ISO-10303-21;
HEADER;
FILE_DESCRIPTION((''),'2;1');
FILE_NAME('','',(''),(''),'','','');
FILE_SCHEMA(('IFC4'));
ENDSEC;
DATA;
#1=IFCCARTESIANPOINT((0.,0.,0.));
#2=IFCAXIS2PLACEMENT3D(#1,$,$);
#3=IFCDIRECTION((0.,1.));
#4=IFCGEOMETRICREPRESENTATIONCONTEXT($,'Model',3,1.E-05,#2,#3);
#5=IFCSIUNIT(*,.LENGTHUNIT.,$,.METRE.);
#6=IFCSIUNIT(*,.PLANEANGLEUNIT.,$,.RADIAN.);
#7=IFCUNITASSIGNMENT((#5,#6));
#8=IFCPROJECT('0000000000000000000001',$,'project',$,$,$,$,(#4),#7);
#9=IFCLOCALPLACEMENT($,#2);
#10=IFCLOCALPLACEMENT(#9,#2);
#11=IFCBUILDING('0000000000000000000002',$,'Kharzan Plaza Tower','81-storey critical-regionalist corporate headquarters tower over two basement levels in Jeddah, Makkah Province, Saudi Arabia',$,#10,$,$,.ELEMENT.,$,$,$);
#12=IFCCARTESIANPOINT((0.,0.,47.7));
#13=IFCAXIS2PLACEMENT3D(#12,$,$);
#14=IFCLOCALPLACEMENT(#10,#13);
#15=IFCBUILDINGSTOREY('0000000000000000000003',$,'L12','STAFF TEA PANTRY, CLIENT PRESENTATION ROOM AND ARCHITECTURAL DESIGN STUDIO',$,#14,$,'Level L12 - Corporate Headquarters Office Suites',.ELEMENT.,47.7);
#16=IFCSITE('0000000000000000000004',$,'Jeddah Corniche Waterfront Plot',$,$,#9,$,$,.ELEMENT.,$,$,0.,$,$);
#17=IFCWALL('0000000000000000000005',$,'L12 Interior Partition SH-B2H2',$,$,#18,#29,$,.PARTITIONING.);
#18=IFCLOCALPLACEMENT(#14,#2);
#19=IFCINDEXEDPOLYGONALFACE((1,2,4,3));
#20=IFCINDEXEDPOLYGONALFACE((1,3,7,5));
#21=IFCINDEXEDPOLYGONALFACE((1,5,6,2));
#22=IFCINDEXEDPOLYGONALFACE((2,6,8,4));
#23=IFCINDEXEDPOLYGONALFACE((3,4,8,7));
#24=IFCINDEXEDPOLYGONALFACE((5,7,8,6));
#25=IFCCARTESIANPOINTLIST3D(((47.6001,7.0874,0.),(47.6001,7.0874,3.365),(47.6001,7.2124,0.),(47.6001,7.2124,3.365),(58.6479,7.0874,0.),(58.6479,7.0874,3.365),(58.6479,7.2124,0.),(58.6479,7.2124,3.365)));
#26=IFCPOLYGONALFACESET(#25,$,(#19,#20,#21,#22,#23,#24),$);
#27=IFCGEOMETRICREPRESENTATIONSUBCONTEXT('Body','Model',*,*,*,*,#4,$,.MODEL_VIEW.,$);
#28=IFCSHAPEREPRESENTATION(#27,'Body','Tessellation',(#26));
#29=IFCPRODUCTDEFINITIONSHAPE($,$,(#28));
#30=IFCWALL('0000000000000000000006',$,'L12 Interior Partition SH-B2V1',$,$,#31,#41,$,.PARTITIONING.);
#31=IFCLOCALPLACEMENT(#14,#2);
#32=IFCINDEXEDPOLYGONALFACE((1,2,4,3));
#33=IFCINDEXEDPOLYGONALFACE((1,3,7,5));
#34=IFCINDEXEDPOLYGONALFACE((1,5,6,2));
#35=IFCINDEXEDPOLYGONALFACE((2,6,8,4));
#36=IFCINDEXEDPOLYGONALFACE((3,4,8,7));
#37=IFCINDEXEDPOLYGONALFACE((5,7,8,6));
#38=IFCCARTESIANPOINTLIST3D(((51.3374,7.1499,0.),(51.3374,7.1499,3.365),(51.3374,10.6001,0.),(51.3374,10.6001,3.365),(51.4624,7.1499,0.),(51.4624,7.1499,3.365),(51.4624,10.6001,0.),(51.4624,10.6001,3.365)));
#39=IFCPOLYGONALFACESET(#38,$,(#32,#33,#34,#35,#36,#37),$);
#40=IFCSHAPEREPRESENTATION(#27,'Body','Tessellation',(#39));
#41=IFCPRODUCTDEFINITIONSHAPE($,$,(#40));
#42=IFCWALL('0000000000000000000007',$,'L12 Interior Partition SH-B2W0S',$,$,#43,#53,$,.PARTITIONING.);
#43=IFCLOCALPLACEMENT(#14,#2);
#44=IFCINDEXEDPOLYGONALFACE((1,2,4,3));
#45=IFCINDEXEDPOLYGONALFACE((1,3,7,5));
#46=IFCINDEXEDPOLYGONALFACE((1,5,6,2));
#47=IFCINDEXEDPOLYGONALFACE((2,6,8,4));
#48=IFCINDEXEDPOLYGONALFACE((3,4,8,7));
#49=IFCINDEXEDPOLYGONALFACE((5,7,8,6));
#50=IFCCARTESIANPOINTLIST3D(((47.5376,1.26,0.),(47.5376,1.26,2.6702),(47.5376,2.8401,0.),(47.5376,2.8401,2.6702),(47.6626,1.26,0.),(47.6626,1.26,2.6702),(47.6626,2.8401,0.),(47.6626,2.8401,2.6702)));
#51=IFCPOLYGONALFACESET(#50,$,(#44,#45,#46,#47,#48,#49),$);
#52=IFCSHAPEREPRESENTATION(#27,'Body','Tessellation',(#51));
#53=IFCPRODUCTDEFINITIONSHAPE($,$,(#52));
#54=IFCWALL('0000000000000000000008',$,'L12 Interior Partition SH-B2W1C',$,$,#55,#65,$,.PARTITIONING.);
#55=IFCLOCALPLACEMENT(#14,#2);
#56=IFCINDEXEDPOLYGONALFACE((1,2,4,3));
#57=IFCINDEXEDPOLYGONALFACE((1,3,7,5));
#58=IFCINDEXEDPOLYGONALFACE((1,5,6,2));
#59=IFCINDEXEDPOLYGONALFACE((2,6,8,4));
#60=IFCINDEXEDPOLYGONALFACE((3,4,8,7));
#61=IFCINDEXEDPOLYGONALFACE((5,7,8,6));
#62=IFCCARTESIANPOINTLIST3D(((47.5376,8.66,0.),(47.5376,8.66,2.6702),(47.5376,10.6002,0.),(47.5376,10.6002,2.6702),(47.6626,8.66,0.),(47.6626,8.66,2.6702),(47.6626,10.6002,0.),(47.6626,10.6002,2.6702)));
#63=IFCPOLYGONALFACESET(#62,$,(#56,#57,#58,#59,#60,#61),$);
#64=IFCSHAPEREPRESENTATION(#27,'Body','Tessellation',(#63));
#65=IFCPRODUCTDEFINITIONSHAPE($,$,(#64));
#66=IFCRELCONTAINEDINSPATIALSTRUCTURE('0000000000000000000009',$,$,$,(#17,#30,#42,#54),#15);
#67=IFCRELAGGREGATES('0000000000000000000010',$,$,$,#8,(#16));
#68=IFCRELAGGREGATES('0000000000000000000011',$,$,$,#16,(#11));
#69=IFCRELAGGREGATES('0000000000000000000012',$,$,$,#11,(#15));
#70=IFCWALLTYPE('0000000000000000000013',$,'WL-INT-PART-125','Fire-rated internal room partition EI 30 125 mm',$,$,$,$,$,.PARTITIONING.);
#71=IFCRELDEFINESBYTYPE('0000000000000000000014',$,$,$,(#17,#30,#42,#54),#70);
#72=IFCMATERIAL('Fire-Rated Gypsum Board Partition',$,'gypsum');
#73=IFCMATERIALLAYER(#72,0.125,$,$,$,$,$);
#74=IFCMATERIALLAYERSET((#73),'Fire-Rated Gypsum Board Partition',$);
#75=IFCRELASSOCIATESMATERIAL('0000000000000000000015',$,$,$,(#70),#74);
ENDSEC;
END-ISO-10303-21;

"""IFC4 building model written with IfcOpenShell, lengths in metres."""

from ifc_helpers import new_model, si_unit, direction, frame, frame_2d, origin, place, context, subcontext, project, spatial, rectangle, extrude, source, transform, mapped, material, layer, layer_set, type_object, element, save


model = new_model("IFC4")

# Units and contexts
model_context = context("Model", 3, precision=1e-05, world=origin(), true_north=direction((0.0, 1.0)))
body_context = subcontext(model_context, "Body", "Model", "MODEL_VIEW")
ifc_project = project(units=[si_unit("LENGTHUNIT", "METRE"), si_unit("PLANEANGLEUNIT", "RADIAN")], contexts=[model_context])

# Site, building, storey
site_placement = place(None, origin())
site = spatial("IfcSite", under=ifc_project, at=site_placement, Name="Jeddah Corniche Waterfront Plot", CompositionType="ELEMENT", RefElevation=0.0)
building_placement = place(site_placement, origin())
building = spatial("IfcBuilding", under=site, at=building_placement, Name="Kharzan Plaza Tower", Description="81-storey critical-regionalist corporate headquarters tower over two basement levels in Jeddah, Makkah Province, Saudi Arabia", CompositionType="ELEMENT")
storey_placement = place(building_placement, frame((0.0, 0.0, 47.7)))
storey = spatial("IfcBuildingStorey", under=building, at=storey_placement, Name="L12", Description="STAFF TEA PANTRY, CLIENT PRESENTATION ROOM AND ARCHITECTURAL DESIGN STUDIO", LongName="Level L12 - Corporate Headquarters Office Suites", CompositionType="ELEMENT", Elevation=47.7)

# Shared definitions
ifc_material_1 = material(Name="Fire-Rated Gypsum Board Partition", Category="gypsum")
ifc_layer_1 = layer(ifc_material_1, 0.125)
ifc_layer_set_1 = layer_set([ifc_layer_1], Name="Fire-Rated Gypsum Board Partition")
wall_type_1 = type_object("IfcWallType", Name="WL-INT-PART-125", Description="Fire-rated internal room partition EI 30 125 mm", PredefinedType="PARTITIONING", material=ifc_layer_set_1)

# Walls
shared_shape_1 = source(origin(), body_context, "Body", "SweptSolid", [
    extrude(rectangle(XDim=11.0479, YDim=0.125, at=frame_2d((5.5239, 0.0))), origin(), (0.0, 0.0, 1.0), 3.365),
])
for number, where, z_axis, x_axis, name in (
    (1, (47.6001, 7.1499, 0.0), (0.0, 0.0, 1.0), (1.0, 0.0, 0.0), "L12 Interior Partition SH-B2H2"),
):
    element("IfcWall", number, at=place(storey_placement, frame(where, z_axis=z_axis, x_axis=x_axis)), inside=storey, type_object=wall_type_1, Name=name, PredefinedType="PARTITIONING", context=body_context, shape_type="MappedRepresentation", body=[
        mapped(shared_shape_1, transform((0.0, 0.0, 0.0), x_axis=(1.0, 0.0, 0.0), y_axis=(0.0, 1.0, 0.0), z_axis=(0.0, 0.0, 1.0))),
    ])
shared_shape_2 = source(origin(), body_context, "Body", "SweptSolid", [
    extrude(rectangle(XDim=3.4502, YDim=0.125, at=frame_2d((1.7251, 0.0))), origin(), (0.0, 0.0, 1.0), 3.365),
])
wall_1_placement = place(storey_placement, frame((51.3999, 7.1499, 0.0), z_axis=(0.0, 0.0, 1.0), x_axis=(0.0, 1.0, 0.0)))
element("IfcWall", 2, at=wall_1_placement, inside=storey, type_object=wall_type_1, Name="L12 Interior Partition SH-B2V1", PredefinedType="PARTITIONING", context=body_context, shape_type="MappedRepresentation", body=[
    mapped(shared_shape_2, transform((0.0, 0.0, 0.0), x_axis=(1.0, 0.0, 0.0), y_axis=(0.0, 1.0, 0.0), z_axis=(0.0, 0.0, 1.0))),
])
shared_shape_3 = source(origin(), body_context, "Body", "SweptSolid", [
    extrude(rectangle(XDim=1.5801, YDim=0.125, at=frame_2d((0.79, 0.0))), origin(), (0.0, 0.0, 1.0), 2.6702),
])
wall_2_placement = place(storey_placement, frame((47.6001, 1.26, 0.0), z_axis=(0.0, 0.0, 1.0), x_axis=(0.0, 1.0, 0.0)))
element("IfcWall", 3, at=wall_2_placement, inside=storey, type_object=wall_type_1, Name="L12 Interior Partition SH-B2W0S", PredefinedType="PARTITIONING", context=body_context, shape_type="MappedRepresentation", body=[
    mapped(shared_shape_3, transform((0.0, 0.0, 0.0), x_axis=(1.0, 0.0, 0.0), y_axis=(0.0, 1.0, 0.0), z_axis=(0.0, 0.0, 1.0))),
])
shared_shape_4 = source(origin(), body_context, "Body", "SweptSolid", [
    extrude(rectangle(XDim=1.9402, YDim=0.125, at=frame_2d((0.9702, 0.0))), origin(), (0.0, 0.0, 1.0), 2.6702),
])
wall_3_placement = place(storey_placement, frame((47.6001, 8.6599, 0.0), z_axis=(0.0, 0.0, 1.0), x_axis=(0.0, 1.0, 0.0)))
element("IfcWall", 4, at=wall_3_placement, inside=storey, type_object=wall_type_1, Name="L12 Interior Partition SH-B2W1C", PredefinedType="PARTITIONING", context=body_context, shape_type="MappedRepresentation", body=[
    mapped(shared_shape_4, transform((0.0, 0.0, 0.0), x_axis=(1.0, 0.0, 0.0), y_axis=(0.0, 1.0, 0.0), z_axis=(0.0, 0.0, 1.0))),
])

save(model, "model.ifc")
